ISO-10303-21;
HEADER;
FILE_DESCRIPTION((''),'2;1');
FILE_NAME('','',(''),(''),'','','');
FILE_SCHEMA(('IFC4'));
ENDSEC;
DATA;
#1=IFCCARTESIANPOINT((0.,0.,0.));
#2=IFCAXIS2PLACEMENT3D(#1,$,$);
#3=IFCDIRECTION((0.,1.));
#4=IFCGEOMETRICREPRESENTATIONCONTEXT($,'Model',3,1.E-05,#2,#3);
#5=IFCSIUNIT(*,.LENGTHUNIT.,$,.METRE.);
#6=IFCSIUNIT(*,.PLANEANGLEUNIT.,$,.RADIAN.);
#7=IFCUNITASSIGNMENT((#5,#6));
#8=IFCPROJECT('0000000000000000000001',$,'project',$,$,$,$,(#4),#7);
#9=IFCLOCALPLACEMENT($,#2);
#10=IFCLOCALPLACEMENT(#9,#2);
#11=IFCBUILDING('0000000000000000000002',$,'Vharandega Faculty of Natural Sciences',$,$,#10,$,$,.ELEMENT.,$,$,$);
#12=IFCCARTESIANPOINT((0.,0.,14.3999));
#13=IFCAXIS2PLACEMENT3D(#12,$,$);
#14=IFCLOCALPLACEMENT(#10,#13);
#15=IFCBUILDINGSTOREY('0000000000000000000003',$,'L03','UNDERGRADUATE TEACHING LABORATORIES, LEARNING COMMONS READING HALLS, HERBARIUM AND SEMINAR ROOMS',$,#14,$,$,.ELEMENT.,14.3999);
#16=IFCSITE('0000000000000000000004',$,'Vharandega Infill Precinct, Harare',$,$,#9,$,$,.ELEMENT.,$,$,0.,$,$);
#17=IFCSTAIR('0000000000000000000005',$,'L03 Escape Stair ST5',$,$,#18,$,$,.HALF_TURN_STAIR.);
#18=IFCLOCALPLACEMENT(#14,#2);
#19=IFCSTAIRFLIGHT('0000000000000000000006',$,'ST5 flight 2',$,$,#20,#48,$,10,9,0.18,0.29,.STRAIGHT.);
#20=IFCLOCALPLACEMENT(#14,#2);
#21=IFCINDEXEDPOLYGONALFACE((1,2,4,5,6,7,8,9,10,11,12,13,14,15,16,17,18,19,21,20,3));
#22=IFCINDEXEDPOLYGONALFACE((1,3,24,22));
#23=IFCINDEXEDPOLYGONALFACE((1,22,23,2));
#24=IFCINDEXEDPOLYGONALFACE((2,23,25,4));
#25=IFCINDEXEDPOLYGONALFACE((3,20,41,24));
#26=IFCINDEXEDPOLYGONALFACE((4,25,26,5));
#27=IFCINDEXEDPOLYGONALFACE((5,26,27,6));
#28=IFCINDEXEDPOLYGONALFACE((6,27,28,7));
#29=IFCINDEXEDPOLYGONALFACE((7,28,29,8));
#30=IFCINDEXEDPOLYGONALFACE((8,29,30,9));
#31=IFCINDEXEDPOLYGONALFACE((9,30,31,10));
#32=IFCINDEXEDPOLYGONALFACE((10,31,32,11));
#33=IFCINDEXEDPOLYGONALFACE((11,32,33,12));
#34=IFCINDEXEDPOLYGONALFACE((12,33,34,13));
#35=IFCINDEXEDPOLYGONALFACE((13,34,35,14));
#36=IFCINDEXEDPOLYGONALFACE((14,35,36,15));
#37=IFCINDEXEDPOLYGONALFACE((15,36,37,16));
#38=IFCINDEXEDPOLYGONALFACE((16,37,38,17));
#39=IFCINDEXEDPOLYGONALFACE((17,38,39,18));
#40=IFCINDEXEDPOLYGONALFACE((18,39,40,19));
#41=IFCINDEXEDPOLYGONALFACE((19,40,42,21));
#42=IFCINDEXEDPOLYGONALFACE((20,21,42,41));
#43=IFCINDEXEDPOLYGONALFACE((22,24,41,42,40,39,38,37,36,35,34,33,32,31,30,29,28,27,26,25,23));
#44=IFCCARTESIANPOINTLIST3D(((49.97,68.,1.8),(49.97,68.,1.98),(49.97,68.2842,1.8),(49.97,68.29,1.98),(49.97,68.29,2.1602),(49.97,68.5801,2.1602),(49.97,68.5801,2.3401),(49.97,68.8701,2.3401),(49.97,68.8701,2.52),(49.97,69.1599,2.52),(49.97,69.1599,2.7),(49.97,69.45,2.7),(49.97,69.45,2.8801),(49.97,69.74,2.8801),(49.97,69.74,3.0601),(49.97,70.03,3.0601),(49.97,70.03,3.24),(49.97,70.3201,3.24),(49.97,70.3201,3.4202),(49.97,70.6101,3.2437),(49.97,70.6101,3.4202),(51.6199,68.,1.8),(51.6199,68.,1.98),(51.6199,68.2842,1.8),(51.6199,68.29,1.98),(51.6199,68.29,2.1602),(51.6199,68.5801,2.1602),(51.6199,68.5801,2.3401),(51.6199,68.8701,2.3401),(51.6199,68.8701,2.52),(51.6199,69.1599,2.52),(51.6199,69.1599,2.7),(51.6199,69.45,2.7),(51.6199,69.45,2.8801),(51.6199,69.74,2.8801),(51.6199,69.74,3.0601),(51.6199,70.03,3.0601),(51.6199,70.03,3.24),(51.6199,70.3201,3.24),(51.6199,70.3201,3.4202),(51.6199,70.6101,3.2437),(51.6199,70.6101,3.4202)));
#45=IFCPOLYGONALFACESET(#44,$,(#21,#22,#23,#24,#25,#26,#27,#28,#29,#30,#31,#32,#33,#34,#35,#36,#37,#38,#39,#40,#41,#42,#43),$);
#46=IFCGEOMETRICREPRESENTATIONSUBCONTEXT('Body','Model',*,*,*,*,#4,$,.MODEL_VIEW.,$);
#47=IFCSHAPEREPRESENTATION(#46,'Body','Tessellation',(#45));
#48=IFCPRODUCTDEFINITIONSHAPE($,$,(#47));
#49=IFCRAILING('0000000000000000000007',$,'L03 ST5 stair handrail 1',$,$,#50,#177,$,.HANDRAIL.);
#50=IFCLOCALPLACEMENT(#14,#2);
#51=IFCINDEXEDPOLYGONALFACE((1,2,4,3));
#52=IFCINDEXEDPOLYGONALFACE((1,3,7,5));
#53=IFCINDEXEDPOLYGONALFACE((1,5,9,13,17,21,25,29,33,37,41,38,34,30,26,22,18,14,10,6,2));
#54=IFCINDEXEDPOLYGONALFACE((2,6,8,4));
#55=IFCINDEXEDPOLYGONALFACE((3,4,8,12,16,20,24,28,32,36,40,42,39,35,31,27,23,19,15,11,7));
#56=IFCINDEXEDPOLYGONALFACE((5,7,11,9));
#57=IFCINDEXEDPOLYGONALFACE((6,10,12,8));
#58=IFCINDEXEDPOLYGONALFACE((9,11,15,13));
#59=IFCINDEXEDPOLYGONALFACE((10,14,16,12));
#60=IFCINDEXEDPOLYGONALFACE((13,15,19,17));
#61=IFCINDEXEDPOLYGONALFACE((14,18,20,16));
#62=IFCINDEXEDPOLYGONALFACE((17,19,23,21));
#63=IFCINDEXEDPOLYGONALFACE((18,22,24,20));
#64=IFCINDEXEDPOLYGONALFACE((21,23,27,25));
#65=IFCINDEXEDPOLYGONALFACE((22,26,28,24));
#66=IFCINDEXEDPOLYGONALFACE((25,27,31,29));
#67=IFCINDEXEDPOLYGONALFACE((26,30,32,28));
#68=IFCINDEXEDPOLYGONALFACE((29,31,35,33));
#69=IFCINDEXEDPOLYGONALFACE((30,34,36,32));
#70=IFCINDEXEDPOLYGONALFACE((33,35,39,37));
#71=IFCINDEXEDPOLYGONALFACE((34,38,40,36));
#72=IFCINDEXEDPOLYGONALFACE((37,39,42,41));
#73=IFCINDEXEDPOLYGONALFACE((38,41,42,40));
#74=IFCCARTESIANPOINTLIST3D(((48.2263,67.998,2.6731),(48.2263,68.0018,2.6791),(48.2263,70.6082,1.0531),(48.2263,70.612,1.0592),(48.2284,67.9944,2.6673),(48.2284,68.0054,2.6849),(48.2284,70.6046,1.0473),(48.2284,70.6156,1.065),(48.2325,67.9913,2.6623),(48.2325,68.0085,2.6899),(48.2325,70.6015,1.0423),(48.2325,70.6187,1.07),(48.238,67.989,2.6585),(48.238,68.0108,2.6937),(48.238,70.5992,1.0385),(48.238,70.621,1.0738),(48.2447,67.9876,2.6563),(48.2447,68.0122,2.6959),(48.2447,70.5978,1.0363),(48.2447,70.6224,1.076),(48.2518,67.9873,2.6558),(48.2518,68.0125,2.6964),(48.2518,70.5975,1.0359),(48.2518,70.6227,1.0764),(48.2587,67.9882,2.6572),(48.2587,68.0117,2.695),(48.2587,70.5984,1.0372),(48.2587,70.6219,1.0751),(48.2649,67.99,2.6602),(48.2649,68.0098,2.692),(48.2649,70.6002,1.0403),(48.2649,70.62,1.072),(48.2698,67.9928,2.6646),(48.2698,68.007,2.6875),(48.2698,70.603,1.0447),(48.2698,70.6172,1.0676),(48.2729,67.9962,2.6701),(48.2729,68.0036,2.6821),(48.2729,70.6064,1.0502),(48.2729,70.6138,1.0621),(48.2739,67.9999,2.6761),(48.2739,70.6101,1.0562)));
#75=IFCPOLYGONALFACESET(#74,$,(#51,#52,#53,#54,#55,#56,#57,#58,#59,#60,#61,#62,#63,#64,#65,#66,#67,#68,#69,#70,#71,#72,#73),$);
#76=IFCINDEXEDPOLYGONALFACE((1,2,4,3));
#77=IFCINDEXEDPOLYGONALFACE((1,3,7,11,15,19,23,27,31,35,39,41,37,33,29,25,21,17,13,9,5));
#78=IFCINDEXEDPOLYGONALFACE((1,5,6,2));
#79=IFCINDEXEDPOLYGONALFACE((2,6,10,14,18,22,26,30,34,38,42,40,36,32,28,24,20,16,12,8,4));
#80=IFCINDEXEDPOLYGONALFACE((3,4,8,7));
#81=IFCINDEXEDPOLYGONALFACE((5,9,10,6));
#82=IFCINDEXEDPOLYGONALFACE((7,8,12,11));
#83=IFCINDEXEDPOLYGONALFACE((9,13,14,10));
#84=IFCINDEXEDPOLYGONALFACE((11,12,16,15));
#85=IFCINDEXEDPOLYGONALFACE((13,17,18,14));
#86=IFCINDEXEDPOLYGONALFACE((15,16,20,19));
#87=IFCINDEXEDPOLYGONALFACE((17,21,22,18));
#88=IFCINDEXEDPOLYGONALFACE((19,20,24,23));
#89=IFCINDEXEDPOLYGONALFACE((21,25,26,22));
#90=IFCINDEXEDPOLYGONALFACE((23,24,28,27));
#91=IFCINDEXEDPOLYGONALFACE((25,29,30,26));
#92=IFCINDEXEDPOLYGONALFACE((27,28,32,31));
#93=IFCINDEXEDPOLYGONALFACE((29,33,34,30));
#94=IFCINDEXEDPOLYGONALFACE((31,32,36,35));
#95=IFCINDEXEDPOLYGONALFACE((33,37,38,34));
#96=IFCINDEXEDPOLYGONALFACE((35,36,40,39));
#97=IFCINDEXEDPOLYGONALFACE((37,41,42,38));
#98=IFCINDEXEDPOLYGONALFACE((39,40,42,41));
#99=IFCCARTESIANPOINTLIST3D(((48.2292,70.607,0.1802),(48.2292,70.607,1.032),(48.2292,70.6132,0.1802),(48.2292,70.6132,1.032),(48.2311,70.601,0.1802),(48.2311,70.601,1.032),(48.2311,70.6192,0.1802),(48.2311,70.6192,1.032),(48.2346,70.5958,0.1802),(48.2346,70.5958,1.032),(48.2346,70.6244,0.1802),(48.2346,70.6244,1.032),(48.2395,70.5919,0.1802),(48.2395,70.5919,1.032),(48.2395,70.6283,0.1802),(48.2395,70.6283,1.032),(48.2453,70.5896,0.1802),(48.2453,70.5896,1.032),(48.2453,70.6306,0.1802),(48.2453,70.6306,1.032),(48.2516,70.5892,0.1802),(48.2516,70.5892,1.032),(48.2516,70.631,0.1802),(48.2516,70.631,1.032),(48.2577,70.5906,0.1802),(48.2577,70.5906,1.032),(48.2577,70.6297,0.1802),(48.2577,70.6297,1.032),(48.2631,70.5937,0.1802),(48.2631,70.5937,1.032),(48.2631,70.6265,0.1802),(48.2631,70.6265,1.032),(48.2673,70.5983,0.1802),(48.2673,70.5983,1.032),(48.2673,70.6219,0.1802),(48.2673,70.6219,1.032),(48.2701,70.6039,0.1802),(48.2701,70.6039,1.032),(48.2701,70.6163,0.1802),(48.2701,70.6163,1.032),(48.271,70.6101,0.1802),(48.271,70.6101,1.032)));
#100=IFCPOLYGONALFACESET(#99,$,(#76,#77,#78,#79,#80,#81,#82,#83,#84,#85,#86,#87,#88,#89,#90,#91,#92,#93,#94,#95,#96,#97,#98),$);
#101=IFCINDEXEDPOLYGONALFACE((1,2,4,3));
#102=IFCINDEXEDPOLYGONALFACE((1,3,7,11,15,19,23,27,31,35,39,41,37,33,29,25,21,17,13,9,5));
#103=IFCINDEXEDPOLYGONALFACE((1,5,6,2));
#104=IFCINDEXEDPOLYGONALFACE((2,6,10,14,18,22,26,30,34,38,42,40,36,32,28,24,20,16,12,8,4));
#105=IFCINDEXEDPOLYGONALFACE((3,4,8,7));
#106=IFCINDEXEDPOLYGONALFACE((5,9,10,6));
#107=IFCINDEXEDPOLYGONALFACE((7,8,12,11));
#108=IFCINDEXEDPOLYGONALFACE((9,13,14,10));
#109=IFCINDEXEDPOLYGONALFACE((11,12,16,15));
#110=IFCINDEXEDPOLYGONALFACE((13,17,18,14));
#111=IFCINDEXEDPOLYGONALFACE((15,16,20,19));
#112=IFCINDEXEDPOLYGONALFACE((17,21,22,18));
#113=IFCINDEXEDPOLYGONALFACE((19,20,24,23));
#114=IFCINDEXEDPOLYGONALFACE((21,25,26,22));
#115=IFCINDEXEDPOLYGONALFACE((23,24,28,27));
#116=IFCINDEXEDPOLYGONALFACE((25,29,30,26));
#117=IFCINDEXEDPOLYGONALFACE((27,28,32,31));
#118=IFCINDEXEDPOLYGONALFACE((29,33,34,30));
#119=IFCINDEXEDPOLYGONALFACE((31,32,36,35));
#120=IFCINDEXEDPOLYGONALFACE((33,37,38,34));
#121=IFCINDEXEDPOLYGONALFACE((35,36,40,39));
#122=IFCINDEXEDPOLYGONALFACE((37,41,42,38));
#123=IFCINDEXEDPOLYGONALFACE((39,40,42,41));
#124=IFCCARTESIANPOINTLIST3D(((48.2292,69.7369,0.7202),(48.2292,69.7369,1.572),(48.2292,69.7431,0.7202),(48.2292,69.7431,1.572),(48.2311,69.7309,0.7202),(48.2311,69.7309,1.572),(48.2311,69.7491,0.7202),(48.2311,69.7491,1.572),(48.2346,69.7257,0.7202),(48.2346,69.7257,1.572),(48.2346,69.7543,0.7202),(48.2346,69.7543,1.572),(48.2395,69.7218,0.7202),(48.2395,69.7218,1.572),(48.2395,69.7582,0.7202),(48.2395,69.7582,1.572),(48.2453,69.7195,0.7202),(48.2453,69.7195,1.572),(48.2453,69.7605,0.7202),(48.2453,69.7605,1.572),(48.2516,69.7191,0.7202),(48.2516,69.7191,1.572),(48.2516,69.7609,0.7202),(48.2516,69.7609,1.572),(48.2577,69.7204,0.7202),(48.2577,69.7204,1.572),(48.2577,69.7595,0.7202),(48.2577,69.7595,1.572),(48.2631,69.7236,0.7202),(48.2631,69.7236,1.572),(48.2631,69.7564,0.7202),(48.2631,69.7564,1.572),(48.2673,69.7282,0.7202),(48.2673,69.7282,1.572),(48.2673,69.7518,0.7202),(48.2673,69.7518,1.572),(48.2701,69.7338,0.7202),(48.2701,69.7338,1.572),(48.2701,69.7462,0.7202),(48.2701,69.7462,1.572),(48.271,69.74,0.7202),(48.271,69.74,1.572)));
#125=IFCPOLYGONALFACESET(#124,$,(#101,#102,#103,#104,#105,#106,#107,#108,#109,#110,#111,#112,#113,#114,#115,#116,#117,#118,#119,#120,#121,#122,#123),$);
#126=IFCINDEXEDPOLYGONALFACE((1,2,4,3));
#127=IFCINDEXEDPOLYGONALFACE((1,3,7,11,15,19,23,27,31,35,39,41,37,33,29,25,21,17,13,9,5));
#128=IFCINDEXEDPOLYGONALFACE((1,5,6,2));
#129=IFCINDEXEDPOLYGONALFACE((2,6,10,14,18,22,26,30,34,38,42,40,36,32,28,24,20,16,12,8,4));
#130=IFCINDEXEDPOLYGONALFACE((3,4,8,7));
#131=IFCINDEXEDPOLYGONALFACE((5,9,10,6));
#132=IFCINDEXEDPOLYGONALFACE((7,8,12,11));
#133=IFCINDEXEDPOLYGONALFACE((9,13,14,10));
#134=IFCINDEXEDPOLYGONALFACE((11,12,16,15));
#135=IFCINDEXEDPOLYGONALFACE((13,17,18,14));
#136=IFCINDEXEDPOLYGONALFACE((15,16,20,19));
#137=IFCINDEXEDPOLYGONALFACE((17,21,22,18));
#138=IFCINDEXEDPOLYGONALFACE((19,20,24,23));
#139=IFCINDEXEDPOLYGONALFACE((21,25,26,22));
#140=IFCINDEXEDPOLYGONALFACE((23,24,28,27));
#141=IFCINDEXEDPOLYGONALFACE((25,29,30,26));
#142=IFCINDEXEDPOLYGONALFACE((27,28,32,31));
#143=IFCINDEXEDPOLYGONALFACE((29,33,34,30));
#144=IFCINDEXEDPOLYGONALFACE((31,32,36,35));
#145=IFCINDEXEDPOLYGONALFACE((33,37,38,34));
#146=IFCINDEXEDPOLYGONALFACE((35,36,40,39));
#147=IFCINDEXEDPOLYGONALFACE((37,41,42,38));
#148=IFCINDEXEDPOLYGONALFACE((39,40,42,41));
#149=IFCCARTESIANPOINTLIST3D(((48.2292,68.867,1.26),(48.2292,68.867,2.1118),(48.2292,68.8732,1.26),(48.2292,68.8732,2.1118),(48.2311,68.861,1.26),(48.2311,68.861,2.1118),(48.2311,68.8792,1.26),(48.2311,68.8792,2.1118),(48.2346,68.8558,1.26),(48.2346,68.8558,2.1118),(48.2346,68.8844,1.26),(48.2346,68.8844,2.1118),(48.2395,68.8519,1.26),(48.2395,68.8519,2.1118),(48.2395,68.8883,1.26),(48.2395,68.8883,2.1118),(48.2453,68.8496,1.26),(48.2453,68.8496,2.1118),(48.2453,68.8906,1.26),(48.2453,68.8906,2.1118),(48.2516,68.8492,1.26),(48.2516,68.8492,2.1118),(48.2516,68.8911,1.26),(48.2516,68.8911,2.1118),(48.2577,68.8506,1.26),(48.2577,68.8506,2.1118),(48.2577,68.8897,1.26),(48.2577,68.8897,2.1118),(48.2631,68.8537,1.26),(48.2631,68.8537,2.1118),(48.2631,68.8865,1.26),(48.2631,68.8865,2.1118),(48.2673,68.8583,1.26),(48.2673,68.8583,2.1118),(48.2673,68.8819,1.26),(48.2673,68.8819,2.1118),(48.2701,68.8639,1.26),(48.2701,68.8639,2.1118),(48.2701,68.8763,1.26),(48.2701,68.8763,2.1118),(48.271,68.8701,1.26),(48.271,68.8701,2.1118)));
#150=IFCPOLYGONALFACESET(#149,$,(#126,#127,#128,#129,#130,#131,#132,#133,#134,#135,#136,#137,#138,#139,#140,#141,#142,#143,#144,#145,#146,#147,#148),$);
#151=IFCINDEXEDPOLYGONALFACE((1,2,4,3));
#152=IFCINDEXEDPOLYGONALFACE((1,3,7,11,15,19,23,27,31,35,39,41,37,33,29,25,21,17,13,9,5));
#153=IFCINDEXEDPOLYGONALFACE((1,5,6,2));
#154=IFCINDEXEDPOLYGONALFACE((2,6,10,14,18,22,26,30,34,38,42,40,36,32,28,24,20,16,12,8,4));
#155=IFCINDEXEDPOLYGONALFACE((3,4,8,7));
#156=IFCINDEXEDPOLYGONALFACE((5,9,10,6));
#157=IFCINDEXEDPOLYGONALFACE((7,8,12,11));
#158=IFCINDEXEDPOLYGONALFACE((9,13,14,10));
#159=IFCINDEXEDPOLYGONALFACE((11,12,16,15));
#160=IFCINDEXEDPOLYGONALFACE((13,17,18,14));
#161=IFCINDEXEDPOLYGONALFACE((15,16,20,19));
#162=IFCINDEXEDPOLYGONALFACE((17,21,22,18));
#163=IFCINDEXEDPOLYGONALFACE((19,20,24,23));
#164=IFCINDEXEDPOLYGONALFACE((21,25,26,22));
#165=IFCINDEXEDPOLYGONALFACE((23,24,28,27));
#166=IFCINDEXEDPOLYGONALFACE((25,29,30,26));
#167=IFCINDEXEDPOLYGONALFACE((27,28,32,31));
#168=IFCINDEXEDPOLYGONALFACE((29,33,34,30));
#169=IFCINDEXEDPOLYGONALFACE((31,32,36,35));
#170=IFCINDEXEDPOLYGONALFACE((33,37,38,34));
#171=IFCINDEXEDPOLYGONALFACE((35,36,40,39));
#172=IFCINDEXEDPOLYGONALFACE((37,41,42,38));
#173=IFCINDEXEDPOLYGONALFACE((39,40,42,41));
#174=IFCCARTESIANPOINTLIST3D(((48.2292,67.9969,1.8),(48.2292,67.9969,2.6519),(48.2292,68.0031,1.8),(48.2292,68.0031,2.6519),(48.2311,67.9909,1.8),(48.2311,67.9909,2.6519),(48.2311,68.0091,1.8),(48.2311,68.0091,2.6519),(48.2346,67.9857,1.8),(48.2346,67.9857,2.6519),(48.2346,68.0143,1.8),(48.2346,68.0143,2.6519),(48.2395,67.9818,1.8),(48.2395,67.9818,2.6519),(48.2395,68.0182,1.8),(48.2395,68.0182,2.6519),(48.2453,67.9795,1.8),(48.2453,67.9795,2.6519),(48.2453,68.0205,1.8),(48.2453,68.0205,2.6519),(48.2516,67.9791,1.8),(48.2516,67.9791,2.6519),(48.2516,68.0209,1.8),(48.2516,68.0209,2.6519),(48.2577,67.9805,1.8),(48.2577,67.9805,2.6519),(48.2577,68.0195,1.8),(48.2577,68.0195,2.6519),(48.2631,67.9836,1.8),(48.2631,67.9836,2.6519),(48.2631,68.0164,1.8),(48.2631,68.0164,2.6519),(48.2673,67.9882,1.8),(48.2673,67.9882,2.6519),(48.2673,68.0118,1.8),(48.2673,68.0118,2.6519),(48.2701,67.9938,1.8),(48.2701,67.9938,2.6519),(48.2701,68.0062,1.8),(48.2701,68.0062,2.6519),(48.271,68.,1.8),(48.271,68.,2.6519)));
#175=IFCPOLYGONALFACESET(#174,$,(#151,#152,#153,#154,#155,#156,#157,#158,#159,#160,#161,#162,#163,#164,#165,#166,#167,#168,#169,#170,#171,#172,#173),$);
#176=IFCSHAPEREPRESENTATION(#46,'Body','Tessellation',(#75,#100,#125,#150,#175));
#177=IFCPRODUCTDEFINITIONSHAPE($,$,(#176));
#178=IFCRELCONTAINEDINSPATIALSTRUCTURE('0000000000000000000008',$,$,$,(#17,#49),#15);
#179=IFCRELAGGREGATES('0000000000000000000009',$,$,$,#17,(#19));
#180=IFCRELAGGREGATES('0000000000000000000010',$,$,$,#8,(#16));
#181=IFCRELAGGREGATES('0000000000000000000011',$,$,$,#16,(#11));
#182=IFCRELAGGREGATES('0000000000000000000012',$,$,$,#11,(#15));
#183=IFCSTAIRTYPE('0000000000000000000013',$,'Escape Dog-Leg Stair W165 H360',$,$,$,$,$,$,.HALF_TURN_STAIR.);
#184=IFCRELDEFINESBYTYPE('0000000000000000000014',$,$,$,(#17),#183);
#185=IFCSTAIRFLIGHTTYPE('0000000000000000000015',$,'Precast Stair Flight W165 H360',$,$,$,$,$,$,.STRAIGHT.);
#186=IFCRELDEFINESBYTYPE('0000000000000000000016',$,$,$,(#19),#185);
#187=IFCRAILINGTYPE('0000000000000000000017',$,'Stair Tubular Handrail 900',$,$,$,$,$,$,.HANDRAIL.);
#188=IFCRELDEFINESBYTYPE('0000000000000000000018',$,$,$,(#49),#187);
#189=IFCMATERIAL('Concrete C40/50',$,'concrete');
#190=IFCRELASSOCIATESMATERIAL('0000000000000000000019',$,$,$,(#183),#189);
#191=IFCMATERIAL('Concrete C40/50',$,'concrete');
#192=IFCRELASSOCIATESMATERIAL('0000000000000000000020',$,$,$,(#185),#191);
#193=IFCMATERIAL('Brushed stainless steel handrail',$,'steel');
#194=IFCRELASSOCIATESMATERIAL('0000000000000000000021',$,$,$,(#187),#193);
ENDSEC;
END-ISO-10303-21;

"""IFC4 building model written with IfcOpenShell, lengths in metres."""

from ifc_helpers import new_model, si_unit, direction, frame, origin, origin_2d, place, context, subcontext, project, spatial, polyline, circle, outline, extrude, material, type_object, element, aggregate, save


model = new_model("IFC4")

# Units and contexts
model_context = context("Model", 3, precision=1e-05, world=origin(), true_north=direction((0.0, 1.0)))
body_context = subcontext(model_context, "Body", "Model", "MODEL_VIEW")
ifc_project = project(units=[si_unit("LENGTHUNIT", "METRE"), si_unit("PLANEANGLEUNIT", "RADIAN")], contexts=[model_context])

# Site, building, storey
site_placement = place(None, origin())
site = spatial("IfcSite", under=ifc_project, at=site_placement, Name="Vharandega Infill Precinct, Harare", CompositionType="ELEMENT", RefElevation=0.0)
building_placement = place(site_placement, origin())
building = spatial("IfcBuilding", under=site, at=building_placement, Name="Vharandega Faculty of Natural Sciences", CompositionType="ELEMENT")
storey_placement = place(building_placement, frame((0.0, 0.0, 14.3999)))
storey = spatial("IfcBuildingStorey", under=building, at=storey_placement, Name="L03", Description="UNDERGRADUATE TEACHING LABORATORIES, LEARNING COMMONS READING HALLS, HERBARIUM AND SEMINAR ROOMS", CompositionType="ELEMENT", Elevation=14.3999)

# Stair, stair flight
ifc_material_1 = material(Name="Concrete C40/50", Category="concrete")
stair_type = type_object("IfcStairType", Name="Escape Dog-Leg Stair W165 H360", PredefinedType="HALF_TURN_STAIR", material=ifc_material_1)
stair_placement = place(storey_placement, origin())
stair = element("IfcStair", 1, at=stair_placement, inside=storey, type_object=stair_type, Name="L03 Escape Stair ST5", PredefinedType="HALF_TURN_STAIR")
ifc_material_2 = material(Name="Concrete C40/50", Category="concrete")
stair_flight_type = type_object("IfcStairFlightType", Name="Precast Stair Flight W165 H360", PredefinedType="STRAIGHT", material=ifc_material_2)
stair_flight_1_placement = place(storey_placement, frame((50.7949, 68.0, 1.8), z_axis=(0.0, 0.0, 1.0), x_axis=(0.0, 1.0, 0.0)))
stair_flight_1 = element("IfcStairFlight", 2, at=stair_flight_1_placement, type_object=stair_flight_type, Name="ST5 flight 2", NumberOfRisers=10, NumberOfTreads=9, PredefinedType="STRAIGHT", RiserHeight=0.18, TreadLength=0.29, context=body_context, shape_type="SweptSolid", body=[
    extrude(outline(polyline([(0.0, 0.0), (0.0, 0.1799), (0.29, 0.1799), (0.29, 0.3601), (0.5801, 0.3601), (0.5801, 0.54), (0.8701, 0.54), (0.8701, 0.72), (1.1599, 0.72), (1.1599, 0.8999), (1.45, 0.8999), (1.45, 1.0801), (1.74, 1.0801), (1.74, 1.26), (2.03, 1.26), (2.03, 1.4399), (2.3201, 1.4399), (2.3201, 1.6201), (2.6101, 1.6201), (2.6101, 1.8), (2.6101, 1.4436), (0.2842, 0.0), (0.0, 0.0)])), frame((0.0, 0.825, 0.0), z_axis=(0.0, -1.0, 0.0), x_axis=(1.0, 0.0, 0.0)), (0.0, 0.0, 1.0), 1.6499),
])
aggregate(stair, [stair_flight_1])

# Railing
ifc_material_3 = material(Name="Brushed stainless steel handrail", Category="steel")
railing_type_1 = type_object("IfcRailingType", Name="Stair Tubular Handrail 900", PredefinedType="HANDRAIL", material=ifc_material_3)
railing_1_placement = place(storey_placement, frame((48.25, 70.6101, 0.1802)))
element("IfcRailing", 3, at=railing_1_placement, inside=storey, type_object=railing_type_1, Name="L03 ST5 stair handrail 1", PredefinedType="HANDRAIL", context=body_context, shape_type="SweptSolid", body=[
    extrude(circle(Radius=0.0239, at=origin_2d()), frame((0.0, 0.0, 0.876), z_axis=(0.0, -0.849668, 0.527317), x_axis=(1.0, 0.0, 0.0)), (0.0, 0.0, 1.0), 3.072),
    extrude(circle(Radius=0.021, at=origin_2d()), origin(), (0.0, 0.0, 1.0), 0.8518),
    extrude(circle(Radius=0.021, at=origin_2d()), frame((0.0, -0.8701, 0.54)), (0.0, 0.0, 1.0), 0.8518),
    extrude(circle(Radius=0.021, at=origin_2d()), frame((0.0, -1.74, 1.0798)), (0.0, 0.0, 1.0), 0.8518),
    extrude(circle(Radius=0.021, at=origin_2d()), frame((0.0, -2.6101, 1.6199)), (0.0, 0.0, 1.0), 0.8518),
])

save(model, "model.ifc")
